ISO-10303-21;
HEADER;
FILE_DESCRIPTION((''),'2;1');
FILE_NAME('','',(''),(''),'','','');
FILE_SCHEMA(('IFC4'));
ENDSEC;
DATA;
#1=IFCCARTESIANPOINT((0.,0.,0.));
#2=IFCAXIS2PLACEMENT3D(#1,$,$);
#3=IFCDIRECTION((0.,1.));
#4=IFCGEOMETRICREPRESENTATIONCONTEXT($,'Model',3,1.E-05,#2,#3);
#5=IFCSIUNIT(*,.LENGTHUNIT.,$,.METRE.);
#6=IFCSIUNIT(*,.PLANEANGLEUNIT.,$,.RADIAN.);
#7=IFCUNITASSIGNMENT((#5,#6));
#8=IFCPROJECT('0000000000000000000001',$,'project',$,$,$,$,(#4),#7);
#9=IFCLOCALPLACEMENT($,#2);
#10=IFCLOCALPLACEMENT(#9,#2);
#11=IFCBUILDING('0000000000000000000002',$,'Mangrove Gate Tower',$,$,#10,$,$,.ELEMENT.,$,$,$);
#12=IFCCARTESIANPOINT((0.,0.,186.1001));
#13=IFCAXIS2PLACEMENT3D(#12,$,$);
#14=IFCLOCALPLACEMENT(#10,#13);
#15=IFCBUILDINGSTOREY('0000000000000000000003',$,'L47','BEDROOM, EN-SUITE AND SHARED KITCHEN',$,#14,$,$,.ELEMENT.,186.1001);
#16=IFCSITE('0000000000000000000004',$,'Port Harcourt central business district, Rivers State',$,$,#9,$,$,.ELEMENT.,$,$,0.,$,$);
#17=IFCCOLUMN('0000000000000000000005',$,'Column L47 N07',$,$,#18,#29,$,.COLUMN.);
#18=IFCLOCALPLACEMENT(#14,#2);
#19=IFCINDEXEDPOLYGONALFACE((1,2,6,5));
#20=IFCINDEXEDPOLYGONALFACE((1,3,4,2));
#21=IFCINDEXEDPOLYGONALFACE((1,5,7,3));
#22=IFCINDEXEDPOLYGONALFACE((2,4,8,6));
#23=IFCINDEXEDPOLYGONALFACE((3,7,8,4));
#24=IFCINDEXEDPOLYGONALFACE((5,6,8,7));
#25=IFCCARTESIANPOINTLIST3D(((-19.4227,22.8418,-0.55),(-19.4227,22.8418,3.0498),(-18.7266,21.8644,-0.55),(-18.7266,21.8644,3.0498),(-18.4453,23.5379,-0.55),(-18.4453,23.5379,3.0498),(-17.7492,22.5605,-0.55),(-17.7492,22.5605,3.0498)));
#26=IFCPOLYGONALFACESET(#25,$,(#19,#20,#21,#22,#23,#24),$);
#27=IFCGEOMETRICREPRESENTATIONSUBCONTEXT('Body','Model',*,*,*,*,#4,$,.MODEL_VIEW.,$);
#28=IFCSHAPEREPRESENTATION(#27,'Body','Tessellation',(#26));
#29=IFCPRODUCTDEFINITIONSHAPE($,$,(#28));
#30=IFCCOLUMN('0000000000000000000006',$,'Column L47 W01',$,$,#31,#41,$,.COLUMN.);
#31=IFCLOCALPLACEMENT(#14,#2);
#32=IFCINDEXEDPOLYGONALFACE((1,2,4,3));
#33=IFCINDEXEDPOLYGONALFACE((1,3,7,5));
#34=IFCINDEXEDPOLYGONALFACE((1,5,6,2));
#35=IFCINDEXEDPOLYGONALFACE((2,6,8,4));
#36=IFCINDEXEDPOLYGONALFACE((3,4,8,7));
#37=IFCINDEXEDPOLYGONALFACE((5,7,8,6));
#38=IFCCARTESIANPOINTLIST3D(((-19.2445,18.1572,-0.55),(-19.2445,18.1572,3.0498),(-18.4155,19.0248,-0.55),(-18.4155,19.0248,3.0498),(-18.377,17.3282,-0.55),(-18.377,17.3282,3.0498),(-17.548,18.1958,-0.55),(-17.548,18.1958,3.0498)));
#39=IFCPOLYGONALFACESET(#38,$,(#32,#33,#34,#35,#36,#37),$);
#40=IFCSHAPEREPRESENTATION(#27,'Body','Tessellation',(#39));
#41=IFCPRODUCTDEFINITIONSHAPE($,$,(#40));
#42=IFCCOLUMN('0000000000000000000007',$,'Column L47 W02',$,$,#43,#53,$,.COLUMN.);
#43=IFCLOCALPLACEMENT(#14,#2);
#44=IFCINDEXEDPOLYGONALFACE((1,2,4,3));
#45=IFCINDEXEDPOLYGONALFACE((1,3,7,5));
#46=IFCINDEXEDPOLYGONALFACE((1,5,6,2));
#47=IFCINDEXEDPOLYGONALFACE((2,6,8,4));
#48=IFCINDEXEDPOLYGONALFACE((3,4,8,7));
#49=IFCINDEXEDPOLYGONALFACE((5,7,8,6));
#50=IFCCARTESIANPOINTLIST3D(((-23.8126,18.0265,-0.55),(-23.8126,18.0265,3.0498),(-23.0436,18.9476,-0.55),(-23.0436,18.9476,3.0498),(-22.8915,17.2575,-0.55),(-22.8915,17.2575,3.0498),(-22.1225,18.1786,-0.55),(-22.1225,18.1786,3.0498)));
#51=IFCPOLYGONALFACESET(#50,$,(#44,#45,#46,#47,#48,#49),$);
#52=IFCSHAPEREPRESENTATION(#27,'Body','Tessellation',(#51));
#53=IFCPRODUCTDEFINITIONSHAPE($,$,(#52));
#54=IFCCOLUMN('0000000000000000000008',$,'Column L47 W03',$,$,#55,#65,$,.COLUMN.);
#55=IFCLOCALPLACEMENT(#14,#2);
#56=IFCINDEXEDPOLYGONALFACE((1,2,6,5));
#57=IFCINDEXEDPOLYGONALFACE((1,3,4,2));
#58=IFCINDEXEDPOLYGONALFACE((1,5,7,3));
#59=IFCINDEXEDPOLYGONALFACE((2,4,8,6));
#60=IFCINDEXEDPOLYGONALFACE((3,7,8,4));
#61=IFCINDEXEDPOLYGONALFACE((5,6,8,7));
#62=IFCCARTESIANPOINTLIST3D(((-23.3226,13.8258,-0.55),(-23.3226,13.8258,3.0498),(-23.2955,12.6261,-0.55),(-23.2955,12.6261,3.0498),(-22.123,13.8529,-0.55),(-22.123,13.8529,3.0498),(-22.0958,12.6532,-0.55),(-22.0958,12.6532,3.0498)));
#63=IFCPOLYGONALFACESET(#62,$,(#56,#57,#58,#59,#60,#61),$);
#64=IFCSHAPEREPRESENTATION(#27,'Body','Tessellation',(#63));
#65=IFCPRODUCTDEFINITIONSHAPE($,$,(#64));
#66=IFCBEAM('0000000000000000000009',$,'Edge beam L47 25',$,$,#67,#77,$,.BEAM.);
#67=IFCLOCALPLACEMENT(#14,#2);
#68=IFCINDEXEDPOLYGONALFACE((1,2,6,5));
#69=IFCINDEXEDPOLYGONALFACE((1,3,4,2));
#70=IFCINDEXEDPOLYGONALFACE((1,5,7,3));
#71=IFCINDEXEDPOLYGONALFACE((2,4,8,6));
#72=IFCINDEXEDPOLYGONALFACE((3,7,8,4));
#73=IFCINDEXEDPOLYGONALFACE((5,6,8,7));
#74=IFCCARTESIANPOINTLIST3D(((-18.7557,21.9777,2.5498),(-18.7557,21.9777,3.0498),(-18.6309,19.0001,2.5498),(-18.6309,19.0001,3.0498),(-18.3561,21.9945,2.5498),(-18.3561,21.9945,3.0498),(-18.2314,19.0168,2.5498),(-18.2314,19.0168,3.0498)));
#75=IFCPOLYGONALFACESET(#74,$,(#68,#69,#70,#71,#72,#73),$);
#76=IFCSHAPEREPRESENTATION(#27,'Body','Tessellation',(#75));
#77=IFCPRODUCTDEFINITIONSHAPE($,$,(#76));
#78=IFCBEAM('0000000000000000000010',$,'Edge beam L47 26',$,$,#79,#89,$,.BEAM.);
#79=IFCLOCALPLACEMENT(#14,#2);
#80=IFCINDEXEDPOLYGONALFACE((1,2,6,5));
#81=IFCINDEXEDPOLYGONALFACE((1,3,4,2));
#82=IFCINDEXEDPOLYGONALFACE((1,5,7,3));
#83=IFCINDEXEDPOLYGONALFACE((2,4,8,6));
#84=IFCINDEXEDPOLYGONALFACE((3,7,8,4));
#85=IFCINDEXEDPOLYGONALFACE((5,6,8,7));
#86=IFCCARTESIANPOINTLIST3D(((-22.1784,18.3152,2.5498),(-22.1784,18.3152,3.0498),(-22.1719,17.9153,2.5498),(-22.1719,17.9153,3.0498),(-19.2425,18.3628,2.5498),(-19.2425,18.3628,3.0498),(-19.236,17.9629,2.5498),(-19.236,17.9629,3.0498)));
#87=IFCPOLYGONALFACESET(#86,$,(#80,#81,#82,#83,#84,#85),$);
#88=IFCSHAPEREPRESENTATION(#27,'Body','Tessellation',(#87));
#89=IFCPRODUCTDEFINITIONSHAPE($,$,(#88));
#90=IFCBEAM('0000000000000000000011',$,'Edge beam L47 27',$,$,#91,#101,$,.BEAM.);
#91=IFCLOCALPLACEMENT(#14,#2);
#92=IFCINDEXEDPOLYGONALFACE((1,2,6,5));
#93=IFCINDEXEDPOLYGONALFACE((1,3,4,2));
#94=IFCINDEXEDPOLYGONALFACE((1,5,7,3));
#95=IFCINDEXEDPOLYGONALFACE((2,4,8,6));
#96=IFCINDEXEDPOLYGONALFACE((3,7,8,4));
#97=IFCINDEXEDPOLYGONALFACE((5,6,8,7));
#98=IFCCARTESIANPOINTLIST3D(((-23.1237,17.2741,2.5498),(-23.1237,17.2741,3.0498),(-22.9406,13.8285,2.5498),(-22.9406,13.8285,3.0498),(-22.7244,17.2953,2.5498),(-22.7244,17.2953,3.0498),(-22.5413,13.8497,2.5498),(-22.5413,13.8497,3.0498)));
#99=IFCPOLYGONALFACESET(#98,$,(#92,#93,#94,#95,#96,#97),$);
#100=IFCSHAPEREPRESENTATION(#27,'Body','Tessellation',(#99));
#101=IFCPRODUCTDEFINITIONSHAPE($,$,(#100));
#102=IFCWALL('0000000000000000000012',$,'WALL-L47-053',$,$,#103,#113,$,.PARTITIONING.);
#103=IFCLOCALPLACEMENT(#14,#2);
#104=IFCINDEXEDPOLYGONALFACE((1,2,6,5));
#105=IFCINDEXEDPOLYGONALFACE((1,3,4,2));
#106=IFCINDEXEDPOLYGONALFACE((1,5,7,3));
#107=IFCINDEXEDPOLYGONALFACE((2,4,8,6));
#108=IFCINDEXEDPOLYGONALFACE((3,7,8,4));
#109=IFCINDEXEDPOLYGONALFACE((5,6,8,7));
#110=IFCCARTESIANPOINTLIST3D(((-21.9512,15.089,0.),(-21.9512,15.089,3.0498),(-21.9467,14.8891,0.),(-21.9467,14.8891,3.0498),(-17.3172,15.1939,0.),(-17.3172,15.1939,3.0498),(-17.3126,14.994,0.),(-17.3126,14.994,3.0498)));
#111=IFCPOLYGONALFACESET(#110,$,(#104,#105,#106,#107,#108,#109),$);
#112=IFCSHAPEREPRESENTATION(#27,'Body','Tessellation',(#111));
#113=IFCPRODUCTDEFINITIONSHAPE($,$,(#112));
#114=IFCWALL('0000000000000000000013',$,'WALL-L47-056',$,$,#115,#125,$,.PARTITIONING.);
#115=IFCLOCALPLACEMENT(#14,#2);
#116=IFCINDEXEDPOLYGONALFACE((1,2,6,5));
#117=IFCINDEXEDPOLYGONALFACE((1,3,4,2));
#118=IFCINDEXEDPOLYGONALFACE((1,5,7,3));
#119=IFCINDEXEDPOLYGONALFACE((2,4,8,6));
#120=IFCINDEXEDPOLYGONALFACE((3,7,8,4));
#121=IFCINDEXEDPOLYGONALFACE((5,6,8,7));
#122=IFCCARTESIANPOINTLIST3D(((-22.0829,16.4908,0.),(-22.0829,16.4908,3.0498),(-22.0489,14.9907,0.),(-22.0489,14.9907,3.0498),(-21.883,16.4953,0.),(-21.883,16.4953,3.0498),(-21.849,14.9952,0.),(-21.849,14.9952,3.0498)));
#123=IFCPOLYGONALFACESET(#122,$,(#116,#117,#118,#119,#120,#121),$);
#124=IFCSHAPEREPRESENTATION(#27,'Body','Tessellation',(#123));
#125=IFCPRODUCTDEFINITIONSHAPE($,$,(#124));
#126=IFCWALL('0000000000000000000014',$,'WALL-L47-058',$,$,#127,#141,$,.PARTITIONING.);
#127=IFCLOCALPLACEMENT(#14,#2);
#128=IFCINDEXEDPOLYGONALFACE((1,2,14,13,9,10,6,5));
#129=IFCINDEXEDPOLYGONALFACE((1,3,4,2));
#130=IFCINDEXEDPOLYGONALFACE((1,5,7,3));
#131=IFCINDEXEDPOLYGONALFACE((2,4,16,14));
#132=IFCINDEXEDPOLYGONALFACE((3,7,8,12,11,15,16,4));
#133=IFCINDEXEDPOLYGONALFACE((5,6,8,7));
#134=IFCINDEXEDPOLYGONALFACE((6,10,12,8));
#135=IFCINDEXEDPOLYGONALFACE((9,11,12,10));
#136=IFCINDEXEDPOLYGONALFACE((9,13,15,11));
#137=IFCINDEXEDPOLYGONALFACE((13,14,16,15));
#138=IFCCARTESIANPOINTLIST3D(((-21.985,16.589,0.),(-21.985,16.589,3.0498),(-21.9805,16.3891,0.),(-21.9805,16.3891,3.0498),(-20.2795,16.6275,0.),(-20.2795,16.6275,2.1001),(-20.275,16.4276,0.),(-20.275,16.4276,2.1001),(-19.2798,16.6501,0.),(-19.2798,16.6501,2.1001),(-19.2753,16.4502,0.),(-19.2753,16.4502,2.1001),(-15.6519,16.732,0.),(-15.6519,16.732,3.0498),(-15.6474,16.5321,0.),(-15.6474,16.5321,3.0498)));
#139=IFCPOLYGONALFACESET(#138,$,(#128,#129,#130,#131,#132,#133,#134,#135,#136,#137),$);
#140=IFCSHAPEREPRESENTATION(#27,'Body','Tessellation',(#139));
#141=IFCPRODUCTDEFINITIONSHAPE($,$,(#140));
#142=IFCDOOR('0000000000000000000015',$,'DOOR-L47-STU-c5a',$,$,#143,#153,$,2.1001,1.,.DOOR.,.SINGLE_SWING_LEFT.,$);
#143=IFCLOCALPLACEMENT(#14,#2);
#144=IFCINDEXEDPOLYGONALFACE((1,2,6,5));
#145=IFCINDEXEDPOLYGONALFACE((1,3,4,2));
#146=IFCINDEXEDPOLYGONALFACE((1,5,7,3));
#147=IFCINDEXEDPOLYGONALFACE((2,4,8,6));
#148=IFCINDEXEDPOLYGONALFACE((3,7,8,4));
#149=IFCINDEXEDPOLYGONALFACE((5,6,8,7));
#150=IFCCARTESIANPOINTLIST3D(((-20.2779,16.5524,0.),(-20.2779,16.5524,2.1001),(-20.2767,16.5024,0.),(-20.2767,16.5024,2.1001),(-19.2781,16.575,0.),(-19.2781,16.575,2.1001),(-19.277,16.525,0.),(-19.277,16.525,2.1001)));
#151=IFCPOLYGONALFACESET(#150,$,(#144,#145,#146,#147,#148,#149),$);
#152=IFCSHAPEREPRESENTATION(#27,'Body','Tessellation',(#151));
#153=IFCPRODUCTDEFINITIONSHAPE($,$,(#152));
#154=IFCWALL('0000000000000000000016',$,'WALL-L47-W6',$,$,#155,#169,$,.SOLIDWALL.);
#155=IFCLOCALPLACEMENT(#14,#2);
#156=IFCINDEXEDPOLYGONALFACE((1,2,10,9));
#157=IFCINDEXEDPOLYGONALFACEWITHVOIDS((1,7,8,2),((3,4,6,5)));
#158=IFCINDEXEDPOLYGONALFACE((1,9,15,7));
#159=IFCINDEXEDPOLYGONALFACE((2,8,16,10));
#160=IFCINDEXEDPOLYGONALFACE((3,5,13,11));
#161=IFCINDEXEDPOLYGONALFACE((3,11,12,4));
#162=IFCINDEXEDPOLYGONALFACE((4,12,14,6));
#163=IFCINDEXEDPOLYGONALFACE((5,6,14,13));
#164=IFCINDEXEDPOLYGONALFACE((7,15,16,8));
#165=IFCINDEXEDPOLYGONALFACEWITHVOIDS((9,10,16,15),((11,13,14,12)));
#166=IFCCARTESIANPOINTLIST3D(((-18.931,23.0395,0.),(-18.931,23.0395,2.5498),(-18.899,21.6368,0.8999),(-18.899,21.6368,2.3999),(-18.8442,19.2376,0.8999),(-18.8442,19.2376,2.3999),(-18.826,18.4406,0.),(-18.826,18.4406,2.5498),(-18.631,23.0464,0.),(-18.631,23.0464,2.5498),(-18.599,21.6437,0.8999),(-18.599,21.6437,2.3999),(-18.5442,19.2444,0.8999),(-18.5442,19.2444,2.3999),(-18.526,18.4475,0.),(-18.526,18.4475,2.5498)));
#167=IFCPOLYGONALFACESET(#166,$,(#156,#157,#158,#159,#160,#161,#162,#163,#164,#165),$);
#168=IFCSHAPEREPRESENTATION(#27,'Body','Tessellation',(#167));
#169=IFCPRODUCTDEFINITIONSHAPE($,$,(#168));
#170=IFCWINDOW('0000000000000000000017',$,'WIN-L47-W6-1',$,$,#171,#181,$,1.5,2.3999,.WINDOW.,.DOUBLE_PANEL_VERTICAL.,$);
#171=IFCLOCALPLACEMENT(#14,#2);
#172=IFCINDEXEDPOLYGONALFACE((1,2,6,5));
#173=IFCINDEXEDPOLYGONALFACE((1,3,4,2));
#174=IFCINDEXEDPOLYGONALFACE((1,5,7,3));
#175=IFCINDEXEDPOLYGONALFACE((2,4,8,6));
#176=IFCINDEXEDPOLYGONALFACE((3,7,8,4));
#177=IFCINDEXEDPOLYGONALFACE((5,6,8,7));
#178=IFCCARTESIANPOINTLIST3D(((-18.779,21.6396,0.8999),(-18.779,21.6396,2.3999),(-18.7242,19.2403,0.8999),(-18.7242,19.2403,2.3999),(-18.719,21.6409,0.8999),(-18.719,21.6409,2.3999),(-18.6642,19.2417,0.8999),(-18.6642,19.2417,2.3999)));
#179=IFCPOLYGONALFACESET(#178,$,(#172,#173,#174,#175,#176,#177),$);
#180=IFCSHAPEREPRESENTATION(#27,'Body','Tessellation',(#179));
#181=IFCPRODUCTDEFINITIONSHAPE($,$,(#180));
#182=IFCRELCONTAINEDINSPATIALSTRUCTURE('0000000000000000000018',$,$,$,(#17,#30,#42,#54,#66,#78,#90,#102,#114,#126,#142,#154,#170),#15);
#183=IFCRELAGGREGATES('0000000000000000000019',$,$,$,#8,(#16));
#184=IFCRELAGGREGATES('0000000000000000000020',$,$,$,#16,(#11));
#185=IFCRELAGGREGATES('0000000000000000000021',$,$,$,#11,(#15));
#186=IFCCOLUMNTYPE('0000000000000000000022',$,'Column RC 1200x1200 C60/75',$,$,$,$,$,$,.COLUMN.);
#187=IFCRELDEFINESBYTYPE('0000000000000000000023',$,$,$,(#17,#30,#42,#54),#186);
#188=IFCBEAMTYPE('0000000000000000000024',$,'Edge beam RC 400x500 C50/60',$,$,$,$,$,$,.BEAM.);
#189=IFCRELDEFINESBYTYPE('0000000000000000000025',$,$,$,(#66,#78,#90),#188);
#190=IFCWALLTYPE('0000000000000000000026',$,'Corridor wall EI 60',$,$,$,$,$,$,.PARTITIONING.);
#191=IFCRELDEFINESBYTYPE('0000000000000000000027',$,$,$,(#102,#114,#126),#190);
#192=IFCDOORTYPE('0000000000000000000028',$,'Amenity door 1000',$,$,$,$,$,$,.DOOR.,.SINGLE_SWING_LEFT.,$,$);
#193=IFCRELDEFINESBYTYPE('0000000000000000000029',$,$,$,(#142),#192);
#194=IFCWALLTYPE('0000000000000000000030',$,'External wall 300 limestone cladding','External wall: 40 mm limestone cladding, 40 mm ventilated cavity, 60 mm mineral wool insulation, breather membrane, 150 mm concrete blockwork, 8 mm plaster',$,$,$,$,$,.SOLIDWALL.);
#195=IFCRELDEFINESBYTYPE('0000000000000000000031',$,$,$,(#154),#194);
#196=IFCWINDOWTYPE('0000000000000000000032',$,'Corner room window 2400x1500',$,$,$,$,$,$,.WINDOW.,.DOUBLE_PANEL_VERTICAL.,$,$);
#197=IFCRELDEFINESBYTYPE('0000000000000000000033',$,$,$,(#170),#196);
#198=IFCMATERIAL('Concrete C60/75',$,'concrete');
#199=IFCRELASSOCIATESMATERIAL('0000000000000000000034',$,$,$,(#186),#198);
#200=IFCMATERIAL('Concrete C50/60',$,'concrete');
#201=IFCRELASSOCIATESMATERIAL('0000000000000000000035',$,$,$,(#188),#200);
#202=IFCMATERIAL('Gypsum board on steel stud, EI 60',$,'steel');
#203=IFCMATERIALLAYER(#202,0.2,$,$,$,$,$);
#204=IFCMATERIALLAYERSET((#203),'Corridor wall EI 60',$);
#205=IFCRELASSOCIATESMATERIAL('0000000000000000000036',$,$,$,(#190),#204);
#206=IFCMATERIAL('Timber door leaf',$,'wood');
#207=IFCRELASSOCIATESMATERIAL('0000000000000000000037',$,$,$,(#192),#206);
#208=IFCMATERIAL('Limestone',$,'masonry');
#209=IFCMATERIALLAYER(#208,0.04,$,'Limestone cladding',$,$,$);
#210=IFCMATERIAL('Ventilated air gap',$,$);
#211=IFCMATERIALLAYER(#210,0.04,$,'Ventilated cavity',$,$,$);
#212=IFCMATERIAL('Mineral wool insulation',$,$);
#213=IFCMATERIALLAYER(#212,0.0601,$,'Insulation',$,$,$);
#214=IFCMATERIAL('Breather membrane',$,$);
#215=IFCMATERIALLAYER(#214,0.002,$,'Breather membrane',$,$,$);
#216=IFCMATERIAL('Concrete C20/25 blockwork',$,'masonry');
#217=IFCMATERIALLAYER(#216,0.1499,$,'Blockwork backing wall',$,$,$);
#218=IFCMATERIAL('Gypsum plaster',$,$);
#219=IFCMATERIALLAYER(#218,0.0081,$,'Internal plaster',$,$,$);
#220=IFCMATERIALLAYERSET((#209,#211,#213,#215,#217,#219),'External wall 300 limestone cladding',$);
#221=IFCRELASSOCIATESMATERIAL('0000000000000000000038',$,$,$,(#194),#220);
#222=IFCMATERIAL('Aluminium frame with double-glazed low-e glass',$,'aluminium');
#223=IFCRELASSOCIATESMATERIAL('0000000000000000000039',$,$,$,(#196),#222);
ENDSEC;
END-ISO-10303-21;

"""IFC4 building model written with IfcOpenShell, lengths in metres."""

from ifc_helpers import new_model, si_unit, direction, frame, frame_2d, origin, origin_2d, place, context, subcontext, project, spatial, rectangle, extrude, material, layer, layer_set, material_profile, profile_set, type_object, element, fill, save


model = new_model("IFC4")

# Units and contexts
model_context = context("Model", 3, precision=1e-05, world=origin(), true_north=direction((0.0, 1.0)))
body_context = subcontext(model_context, "Body", "Model", "MODEL_VIEW")
ifc_project = project(units=[si_unit("LENGTHUNIT", "METRE"), si_unit("PLANEANGLEUNIT", "RADIAN")], contexts=[model_context])

# Site, building, storey
site_placement = place(None, origin())
site = spatial("IfcSite", under=ifc_project, at=site_placement, Name="Port Harcourt central business district, Rivers State", CompositionType="ELEMENT", RefElevation=0.0)
building_placement = place(site_placement, origin())
building = spatial("IfcBuilding", under=site, at=building_placement, Name="Mangrove Gate Tower", CompositionType="ELEMENT")
storey_placement = place(building_placement, frame((0.0, 0.0, 186.1001)))
storey = spatial("IfcBuildingStorey", under=building, at=storey_placement, Name="L47", Description="BEDROOM, EN-SUITE AND SHARED KITCHEN", CompositionType="ELEMENT", Elevation=186.1001)

# Columns
ifc_material_1 = material(Name="Concrete C60/75", Category="concrete")
ifc_material_profile_1 = material_profile(ifc_material_1, rectangle(XDim=1.2, YDim=1.2, at=origin_2d()))
ifc_profile_set_1 = profile_set([ifc_material_profile_1], Name="Concrete C60/75")
column_type = type_object("IfcColumnType", Name="Column RC 1200x1200 C60/75", PredefinedType="COLUMN", material=ifc_profile_set_1)
for number, where, z_axis, x_axis, name in (
    (1, (-18.5859, 22.7012, -0.55), (0.0, 0.0, 1.0), (-0.814549, -0.580095, 0.0), "Column L47 N07"),
    (2, (-18.3962, 18.1765, -0.55), (0.0, 0.0, 1.0), (-0.69086, -0.722989, 0.0), "Column L47 W01"),
    (3, (-22.9675, 18.1025, -0.55), (0.0, 0.0, 1.0), (-0.640874, -0.767646, 0.0), "Column L47 W02"),
    (4, (-22.7092, 13.2395, -0.55), (0.0, 0.0, 1.0), (0.022613, -0.999744, 0.0), "Column L47 W03"),
):
    element("IfcColumn", number, at=place(storey_placement, frame(where, z_axis=z_axis, x_axis=x_axis)), inside=storey, type_object=column_type, Name=name, PredefinedType="COLUMN", context=body_context, shape_type="SweptSolid", body=[
        extrude(rectangle(XDim=1.2, YDim=1.2, at=origin_2d()), origin(), (0.0, 0.0, 1.0), 3.5999),
    ])

# Beams
ifc_material_2 = material(Name="Concrete C50/60", Category="concrete")
ifc_material_profile_2 = material_profile(ifc_material_2, rectangle(XDim=0.3999, YDim=0.5, at=origin_2d()))
ifc_profile_set_2 = profile_set([ifc_material_profile_2], Name="Concrete C50/60")
beam_type = type_object("IfcBeamType", Name="Edge beam RC 400x500 C50/60", PredefinedType="BEAM", material=ifc_profile_set_2)
beam_1_placement = place(storey_placement, frame((-18.5559, 21.9861, 2.7998), z_axis=(0.041862, -0.999123, 0.0), x_axis=(0.999123, 0.041862, 0.0)))
element("IfcBeam", 5, at=beam_1_placement, inside=storey, type_object=beam_type, Name="Edge beam L47 25", PredefinedType="BEAM", context=body_context, shape_type="SweptSolid", body=[
    extrude(rectangle(XDim=0.3999, YDim=0.5, at=origin_2d()), origin(), (0.0, 0.0, 1.0), 2.9802),
])
beam_2_placement = place(storey_placement, frame((-19.2393, 18.1628, 2.7998), z_axis=(-0.999869, -0.016214, 0.0), x_axis=(0.016214, -0.999869, 0.0)))
element("IfcBeam", 6, at=beam_2_placement, inside=storey, type_object=beam_type, Name="Edge beam L47 26", PredefinedType="BEAM", context=body_context, shape_type="SweptSolid", body=[
    extrude(rectangle(XDim=0.3999, YDim=0.5, at=origin_2d()), origin(), (0.0, 0.0, 1.0), 2.9363),
])
beam_3_placement = place(storey_placement, frame((-22.9241, 17.2847, 2.7998), z_axis=(0.053068, -0.998591, 0.0), x_axis=(0.998591, 0.053068, 0.0)))
element("IfcBeam", 7, at=beam_3_placement, inside=storey, type_object=beam_type, Name="Edge beam L47 27", PredefinedType="BEAM", context=body_context, shape_type="SweptSolid", body=[
    extrude(rectangle(XDim=0.3999, YDim=0.5, at=origin_2d()), origin(), (0.0, 0.0, 1.0), 3.4504),
])

# Walls
ifc_material_3 = material(Name="Gypsum board on steel stud, EI 60", Category="steel")
ifc_layer_1 = layer(ifc_material_3, 0.2)
ifc_layer_set_1 = layer_set([ifc_layer_1], Name="Corridor wall EI 60")
wall_type_1 = type_object("IfcWallType", Name="Corridor wall EI 60", PredefinedType="PARTITIONING", material=ifc_layer_set_1)
wall_1_placement = place(storey_placement, frame((-21.949, 14.989, 0.0), z_axis=(0.0, 0.0, 1.0), x_axis=(0.999743, 0.022648, 0.0)))
element("IfcWall", 8, at=wall_1_placement, inside=storey, type_object=wall_type_1, Name="WALL-L47-053", PredefinedType="PARTITIONING", context=body_context, shape_type="SweptSolid", body=[
    extrude(rectangle(XDim=4.6353, YDim=0.2, at=frame_2d((2.3176, 0.0))), origin(), (0.0, 0.0, 1.0), 3.0498),
])
wall_2_placement = place(storey_placement, frame((-21.949, 14.9929, 0.0), z_axis=(0.0, 0.0, 1.0), x_axis=(-0.022618, 0.999744, 0.0)))
element("IfcWall", 9, at=wall_2_placement, inside=storey, type_object=wall_type_1, Name="WALL-L47-056", PredefinedType="PARTITIONING", context=body_context, shape_type="SweptSolid", body=[
    extrude(rectangle(XDim=1.5005, YDim=0.2, at=frame_2d((0.7502, 0.0))), origin(), (0.0, 0.0, 1.0), 3.0498),
])

# Wall, opening, door
wall_3_placement = place(storey_placement, frame((-21.9829, 16.489, 0.0), z_axis=(0.0, 0.0, 1.0), x_axis=(0.999745, 0.022585, 0.0)))
wall_3 = element("IfcWall", 10, at=wall_3_placement, inside=storey, type_object=wall_type_1, Name="WALL-L47-058", PredefinedType="PARTITIONING", context=body_context, shape_type="SweptSolid", body=[
    extrude(rectangle(XDim=6.3347, YDim=0.2, at=frame_2d((3.1675, 0.0))), origin(), (0.0, 0.0, 1.0), 3.0498),
])
opening_1_placement = place(wall_3_placement, frame((1.7061, 0.0, 0.0)))
opening_1 = element("IfcOpeningElement", 11, at=opening_1_placement, cuts=wall_3, PredefinedType="OPENING", context=body_context, shape_type="SweptSolid", body=[
    extrude(rectangle(XDim=1.0, YDim=2.1001, at=frame_2d((0.5, 1.05))), frame((0.0, 0.1099, 0.0), z_axis=(0.0, -1.0, 0.0), x_axis=(1.0, 0.0, 0.0)), (0.0, 0.0, 1.0), 0.22),
])
ifc_material_4 = material(Name="Timber door leaf", Category="wood")
door_type_1 = type_object("IfcDoorType", Name="Amenity door 1000", OperationType="SINGLE_SWING_LEFT", PredefinedType="DOOR", material=ifc_material_4)
door_1_placement = place(opening_1_placement, origin())
door_1 = element("IfcDoor", 12, at=door_1_placement, inside=storey, type_object=door_type_1, Name="DOOR-L47-STU-c5a", OperationType="SINGLE_SWING_LEFT", OverallHeight=2.1001, OverallWidth=1.0, PredefinedType="DOOR", context=body_context, shape_type="SweptSolid", body=[
    extrude(rectangle(XDim=1.0, YDim=2.1001, at=frame_2d((0.5, 1.05))), frame((0.0, 0.0249, 0.0), z_axis=(0.0, -1.0, 0.0), x_axis=(1.0, 0.0, 0.0)), (0.0, 0.0, 1.0), 0.05),
])
fill(opening_1, door_1)

# Wall, opening, window
ifc_material_5 = material(Name="Limestone", Category="masonry")
ifc_layer_2 = layer(ifc_material_5, 0.04, Name="Limestone cladding")
ifc_material_6 = material(Name="Ventilated air gap")
ifc_layer_3 = layer(ifc_material_6, 0.04, Name="Ventilated cavity")
ifc_material_7 = material(Name="Mineral wool insulation")
ifc_layer_4 = layer(ifc_material_7, 0.0601, Name="Insulation")
ifc_material_8 = material(Name="Breather membrane")
ifc_layer_5 = layer(ifc_material_8, 0.002, Name="Breather membrane")
ifc_material_9 = material(Name="Concrete C20/25 blockwork", Category="masonry")
ifc_layer_6 = layer(ifc_material_9, 0.1499, Name="Blockwork backing wall")
ifc_material_10 = material(Name="Gypsum plaster")
ifc_layer_7 = layer(ifc_material_10, 0.0081, Name="Internal plaster")
ifc_layer_set_2 = layer_set([ifc_layer_2, ifc_layer_3, ifc_layer_4, ifc_layer_5, ifc_layer_6, ifc_layer_7], Name="External wall 300 limestone cladding")
wall_type_2 = type_object("IfcWallType", Name="External wall 300 limestone cladding", Description="External wall: 40 mm limestone cladding, 40 mm ventilated cavity, 60 mm mineral wool insulation, breather membrane, 150 mm concrete blockwork, 8 mm plaster", PredefinedType="SOLIDWALL", material=ifc_layer_set_2)
wall_4_placement = place(storey_placement, frame((-18.781, 23.043, 0.0), z_axis=(0.0, 0.0, 1.0), x_axis=(0.022821, -0.99974, 0.0)))
wall_4 = element("IfcWall", 13, at=wall_4_placement, inside=storey, type_object=wall_type_2, Name="WALL-L47-W6", PredefinedType="SOLIDWALL", context=body_context, shape_type="SweptSolid", body=[
    extrude(rectangle(XDim=4.6001, YDim=0.3, at=frame_2d((2.3, 0.0))), origin(), (0.0, 0.0, 1.0), 2.5498),
])
opening_2_placement = place(wall_4_placement, frame((1.4031, 0.0, 0.8999)))
opening_2 = element("IfcOpeningElement", 14, at=opening_2_placement, cuts=wall_4, PredefinedType="OPENING", context=body_context, shape_type="SweptSolid", body=[
    extrude(rectangle(XDim=2.3999, YDim=1.5, at=frame_2d((1.2, 0.75))), frame((0.0, 0.1599, 0.0), z_axis=(0.0, -1.0, 0.0), x_axis=(1.0, 0.0, 0.0)), (0.0, 0.0, 1.0), 0.3201),
])
ifc_material_11 = material(Name="Aluminium frame with double-glazed low-e glass", Category="aluminium")
window_type = type_object("IfcWindowType", Name="Corner room window 2400x1500", PartitioningType="DOUBLE_PANEL_VERTICAL", PredefinedType="WINDOW", material=ifc_material_11)
window_1_placement = place(opening_2_placement, origin())
window_1 = element("IfcWindow", 15, at=window_1_placement, inside=storey, type_object=window_type, Name="WIN-L47-W6-1", OverallHeight=1.5, OverallWidth=2.3999, PartitioningType="DOUBLE_PANEL_VERTICAL", PredefinedType="WINDOW", context=body_context, shape_type="SweptSolid", body=[
    extrude(rectangle(XDim=2.3999, YDim=1.5, at=frame_2d((1.2, 0.75))), frame((0.0, 0.03, 0.0), z_axis=(0.0, -1.0, 0.0), x_axis=(1.0, 0.0, 0.0)), (0.0, 0.0, 1.0), 0.0601),
])
fill(opening_2, window_1)

save(model, "model.ifc")
